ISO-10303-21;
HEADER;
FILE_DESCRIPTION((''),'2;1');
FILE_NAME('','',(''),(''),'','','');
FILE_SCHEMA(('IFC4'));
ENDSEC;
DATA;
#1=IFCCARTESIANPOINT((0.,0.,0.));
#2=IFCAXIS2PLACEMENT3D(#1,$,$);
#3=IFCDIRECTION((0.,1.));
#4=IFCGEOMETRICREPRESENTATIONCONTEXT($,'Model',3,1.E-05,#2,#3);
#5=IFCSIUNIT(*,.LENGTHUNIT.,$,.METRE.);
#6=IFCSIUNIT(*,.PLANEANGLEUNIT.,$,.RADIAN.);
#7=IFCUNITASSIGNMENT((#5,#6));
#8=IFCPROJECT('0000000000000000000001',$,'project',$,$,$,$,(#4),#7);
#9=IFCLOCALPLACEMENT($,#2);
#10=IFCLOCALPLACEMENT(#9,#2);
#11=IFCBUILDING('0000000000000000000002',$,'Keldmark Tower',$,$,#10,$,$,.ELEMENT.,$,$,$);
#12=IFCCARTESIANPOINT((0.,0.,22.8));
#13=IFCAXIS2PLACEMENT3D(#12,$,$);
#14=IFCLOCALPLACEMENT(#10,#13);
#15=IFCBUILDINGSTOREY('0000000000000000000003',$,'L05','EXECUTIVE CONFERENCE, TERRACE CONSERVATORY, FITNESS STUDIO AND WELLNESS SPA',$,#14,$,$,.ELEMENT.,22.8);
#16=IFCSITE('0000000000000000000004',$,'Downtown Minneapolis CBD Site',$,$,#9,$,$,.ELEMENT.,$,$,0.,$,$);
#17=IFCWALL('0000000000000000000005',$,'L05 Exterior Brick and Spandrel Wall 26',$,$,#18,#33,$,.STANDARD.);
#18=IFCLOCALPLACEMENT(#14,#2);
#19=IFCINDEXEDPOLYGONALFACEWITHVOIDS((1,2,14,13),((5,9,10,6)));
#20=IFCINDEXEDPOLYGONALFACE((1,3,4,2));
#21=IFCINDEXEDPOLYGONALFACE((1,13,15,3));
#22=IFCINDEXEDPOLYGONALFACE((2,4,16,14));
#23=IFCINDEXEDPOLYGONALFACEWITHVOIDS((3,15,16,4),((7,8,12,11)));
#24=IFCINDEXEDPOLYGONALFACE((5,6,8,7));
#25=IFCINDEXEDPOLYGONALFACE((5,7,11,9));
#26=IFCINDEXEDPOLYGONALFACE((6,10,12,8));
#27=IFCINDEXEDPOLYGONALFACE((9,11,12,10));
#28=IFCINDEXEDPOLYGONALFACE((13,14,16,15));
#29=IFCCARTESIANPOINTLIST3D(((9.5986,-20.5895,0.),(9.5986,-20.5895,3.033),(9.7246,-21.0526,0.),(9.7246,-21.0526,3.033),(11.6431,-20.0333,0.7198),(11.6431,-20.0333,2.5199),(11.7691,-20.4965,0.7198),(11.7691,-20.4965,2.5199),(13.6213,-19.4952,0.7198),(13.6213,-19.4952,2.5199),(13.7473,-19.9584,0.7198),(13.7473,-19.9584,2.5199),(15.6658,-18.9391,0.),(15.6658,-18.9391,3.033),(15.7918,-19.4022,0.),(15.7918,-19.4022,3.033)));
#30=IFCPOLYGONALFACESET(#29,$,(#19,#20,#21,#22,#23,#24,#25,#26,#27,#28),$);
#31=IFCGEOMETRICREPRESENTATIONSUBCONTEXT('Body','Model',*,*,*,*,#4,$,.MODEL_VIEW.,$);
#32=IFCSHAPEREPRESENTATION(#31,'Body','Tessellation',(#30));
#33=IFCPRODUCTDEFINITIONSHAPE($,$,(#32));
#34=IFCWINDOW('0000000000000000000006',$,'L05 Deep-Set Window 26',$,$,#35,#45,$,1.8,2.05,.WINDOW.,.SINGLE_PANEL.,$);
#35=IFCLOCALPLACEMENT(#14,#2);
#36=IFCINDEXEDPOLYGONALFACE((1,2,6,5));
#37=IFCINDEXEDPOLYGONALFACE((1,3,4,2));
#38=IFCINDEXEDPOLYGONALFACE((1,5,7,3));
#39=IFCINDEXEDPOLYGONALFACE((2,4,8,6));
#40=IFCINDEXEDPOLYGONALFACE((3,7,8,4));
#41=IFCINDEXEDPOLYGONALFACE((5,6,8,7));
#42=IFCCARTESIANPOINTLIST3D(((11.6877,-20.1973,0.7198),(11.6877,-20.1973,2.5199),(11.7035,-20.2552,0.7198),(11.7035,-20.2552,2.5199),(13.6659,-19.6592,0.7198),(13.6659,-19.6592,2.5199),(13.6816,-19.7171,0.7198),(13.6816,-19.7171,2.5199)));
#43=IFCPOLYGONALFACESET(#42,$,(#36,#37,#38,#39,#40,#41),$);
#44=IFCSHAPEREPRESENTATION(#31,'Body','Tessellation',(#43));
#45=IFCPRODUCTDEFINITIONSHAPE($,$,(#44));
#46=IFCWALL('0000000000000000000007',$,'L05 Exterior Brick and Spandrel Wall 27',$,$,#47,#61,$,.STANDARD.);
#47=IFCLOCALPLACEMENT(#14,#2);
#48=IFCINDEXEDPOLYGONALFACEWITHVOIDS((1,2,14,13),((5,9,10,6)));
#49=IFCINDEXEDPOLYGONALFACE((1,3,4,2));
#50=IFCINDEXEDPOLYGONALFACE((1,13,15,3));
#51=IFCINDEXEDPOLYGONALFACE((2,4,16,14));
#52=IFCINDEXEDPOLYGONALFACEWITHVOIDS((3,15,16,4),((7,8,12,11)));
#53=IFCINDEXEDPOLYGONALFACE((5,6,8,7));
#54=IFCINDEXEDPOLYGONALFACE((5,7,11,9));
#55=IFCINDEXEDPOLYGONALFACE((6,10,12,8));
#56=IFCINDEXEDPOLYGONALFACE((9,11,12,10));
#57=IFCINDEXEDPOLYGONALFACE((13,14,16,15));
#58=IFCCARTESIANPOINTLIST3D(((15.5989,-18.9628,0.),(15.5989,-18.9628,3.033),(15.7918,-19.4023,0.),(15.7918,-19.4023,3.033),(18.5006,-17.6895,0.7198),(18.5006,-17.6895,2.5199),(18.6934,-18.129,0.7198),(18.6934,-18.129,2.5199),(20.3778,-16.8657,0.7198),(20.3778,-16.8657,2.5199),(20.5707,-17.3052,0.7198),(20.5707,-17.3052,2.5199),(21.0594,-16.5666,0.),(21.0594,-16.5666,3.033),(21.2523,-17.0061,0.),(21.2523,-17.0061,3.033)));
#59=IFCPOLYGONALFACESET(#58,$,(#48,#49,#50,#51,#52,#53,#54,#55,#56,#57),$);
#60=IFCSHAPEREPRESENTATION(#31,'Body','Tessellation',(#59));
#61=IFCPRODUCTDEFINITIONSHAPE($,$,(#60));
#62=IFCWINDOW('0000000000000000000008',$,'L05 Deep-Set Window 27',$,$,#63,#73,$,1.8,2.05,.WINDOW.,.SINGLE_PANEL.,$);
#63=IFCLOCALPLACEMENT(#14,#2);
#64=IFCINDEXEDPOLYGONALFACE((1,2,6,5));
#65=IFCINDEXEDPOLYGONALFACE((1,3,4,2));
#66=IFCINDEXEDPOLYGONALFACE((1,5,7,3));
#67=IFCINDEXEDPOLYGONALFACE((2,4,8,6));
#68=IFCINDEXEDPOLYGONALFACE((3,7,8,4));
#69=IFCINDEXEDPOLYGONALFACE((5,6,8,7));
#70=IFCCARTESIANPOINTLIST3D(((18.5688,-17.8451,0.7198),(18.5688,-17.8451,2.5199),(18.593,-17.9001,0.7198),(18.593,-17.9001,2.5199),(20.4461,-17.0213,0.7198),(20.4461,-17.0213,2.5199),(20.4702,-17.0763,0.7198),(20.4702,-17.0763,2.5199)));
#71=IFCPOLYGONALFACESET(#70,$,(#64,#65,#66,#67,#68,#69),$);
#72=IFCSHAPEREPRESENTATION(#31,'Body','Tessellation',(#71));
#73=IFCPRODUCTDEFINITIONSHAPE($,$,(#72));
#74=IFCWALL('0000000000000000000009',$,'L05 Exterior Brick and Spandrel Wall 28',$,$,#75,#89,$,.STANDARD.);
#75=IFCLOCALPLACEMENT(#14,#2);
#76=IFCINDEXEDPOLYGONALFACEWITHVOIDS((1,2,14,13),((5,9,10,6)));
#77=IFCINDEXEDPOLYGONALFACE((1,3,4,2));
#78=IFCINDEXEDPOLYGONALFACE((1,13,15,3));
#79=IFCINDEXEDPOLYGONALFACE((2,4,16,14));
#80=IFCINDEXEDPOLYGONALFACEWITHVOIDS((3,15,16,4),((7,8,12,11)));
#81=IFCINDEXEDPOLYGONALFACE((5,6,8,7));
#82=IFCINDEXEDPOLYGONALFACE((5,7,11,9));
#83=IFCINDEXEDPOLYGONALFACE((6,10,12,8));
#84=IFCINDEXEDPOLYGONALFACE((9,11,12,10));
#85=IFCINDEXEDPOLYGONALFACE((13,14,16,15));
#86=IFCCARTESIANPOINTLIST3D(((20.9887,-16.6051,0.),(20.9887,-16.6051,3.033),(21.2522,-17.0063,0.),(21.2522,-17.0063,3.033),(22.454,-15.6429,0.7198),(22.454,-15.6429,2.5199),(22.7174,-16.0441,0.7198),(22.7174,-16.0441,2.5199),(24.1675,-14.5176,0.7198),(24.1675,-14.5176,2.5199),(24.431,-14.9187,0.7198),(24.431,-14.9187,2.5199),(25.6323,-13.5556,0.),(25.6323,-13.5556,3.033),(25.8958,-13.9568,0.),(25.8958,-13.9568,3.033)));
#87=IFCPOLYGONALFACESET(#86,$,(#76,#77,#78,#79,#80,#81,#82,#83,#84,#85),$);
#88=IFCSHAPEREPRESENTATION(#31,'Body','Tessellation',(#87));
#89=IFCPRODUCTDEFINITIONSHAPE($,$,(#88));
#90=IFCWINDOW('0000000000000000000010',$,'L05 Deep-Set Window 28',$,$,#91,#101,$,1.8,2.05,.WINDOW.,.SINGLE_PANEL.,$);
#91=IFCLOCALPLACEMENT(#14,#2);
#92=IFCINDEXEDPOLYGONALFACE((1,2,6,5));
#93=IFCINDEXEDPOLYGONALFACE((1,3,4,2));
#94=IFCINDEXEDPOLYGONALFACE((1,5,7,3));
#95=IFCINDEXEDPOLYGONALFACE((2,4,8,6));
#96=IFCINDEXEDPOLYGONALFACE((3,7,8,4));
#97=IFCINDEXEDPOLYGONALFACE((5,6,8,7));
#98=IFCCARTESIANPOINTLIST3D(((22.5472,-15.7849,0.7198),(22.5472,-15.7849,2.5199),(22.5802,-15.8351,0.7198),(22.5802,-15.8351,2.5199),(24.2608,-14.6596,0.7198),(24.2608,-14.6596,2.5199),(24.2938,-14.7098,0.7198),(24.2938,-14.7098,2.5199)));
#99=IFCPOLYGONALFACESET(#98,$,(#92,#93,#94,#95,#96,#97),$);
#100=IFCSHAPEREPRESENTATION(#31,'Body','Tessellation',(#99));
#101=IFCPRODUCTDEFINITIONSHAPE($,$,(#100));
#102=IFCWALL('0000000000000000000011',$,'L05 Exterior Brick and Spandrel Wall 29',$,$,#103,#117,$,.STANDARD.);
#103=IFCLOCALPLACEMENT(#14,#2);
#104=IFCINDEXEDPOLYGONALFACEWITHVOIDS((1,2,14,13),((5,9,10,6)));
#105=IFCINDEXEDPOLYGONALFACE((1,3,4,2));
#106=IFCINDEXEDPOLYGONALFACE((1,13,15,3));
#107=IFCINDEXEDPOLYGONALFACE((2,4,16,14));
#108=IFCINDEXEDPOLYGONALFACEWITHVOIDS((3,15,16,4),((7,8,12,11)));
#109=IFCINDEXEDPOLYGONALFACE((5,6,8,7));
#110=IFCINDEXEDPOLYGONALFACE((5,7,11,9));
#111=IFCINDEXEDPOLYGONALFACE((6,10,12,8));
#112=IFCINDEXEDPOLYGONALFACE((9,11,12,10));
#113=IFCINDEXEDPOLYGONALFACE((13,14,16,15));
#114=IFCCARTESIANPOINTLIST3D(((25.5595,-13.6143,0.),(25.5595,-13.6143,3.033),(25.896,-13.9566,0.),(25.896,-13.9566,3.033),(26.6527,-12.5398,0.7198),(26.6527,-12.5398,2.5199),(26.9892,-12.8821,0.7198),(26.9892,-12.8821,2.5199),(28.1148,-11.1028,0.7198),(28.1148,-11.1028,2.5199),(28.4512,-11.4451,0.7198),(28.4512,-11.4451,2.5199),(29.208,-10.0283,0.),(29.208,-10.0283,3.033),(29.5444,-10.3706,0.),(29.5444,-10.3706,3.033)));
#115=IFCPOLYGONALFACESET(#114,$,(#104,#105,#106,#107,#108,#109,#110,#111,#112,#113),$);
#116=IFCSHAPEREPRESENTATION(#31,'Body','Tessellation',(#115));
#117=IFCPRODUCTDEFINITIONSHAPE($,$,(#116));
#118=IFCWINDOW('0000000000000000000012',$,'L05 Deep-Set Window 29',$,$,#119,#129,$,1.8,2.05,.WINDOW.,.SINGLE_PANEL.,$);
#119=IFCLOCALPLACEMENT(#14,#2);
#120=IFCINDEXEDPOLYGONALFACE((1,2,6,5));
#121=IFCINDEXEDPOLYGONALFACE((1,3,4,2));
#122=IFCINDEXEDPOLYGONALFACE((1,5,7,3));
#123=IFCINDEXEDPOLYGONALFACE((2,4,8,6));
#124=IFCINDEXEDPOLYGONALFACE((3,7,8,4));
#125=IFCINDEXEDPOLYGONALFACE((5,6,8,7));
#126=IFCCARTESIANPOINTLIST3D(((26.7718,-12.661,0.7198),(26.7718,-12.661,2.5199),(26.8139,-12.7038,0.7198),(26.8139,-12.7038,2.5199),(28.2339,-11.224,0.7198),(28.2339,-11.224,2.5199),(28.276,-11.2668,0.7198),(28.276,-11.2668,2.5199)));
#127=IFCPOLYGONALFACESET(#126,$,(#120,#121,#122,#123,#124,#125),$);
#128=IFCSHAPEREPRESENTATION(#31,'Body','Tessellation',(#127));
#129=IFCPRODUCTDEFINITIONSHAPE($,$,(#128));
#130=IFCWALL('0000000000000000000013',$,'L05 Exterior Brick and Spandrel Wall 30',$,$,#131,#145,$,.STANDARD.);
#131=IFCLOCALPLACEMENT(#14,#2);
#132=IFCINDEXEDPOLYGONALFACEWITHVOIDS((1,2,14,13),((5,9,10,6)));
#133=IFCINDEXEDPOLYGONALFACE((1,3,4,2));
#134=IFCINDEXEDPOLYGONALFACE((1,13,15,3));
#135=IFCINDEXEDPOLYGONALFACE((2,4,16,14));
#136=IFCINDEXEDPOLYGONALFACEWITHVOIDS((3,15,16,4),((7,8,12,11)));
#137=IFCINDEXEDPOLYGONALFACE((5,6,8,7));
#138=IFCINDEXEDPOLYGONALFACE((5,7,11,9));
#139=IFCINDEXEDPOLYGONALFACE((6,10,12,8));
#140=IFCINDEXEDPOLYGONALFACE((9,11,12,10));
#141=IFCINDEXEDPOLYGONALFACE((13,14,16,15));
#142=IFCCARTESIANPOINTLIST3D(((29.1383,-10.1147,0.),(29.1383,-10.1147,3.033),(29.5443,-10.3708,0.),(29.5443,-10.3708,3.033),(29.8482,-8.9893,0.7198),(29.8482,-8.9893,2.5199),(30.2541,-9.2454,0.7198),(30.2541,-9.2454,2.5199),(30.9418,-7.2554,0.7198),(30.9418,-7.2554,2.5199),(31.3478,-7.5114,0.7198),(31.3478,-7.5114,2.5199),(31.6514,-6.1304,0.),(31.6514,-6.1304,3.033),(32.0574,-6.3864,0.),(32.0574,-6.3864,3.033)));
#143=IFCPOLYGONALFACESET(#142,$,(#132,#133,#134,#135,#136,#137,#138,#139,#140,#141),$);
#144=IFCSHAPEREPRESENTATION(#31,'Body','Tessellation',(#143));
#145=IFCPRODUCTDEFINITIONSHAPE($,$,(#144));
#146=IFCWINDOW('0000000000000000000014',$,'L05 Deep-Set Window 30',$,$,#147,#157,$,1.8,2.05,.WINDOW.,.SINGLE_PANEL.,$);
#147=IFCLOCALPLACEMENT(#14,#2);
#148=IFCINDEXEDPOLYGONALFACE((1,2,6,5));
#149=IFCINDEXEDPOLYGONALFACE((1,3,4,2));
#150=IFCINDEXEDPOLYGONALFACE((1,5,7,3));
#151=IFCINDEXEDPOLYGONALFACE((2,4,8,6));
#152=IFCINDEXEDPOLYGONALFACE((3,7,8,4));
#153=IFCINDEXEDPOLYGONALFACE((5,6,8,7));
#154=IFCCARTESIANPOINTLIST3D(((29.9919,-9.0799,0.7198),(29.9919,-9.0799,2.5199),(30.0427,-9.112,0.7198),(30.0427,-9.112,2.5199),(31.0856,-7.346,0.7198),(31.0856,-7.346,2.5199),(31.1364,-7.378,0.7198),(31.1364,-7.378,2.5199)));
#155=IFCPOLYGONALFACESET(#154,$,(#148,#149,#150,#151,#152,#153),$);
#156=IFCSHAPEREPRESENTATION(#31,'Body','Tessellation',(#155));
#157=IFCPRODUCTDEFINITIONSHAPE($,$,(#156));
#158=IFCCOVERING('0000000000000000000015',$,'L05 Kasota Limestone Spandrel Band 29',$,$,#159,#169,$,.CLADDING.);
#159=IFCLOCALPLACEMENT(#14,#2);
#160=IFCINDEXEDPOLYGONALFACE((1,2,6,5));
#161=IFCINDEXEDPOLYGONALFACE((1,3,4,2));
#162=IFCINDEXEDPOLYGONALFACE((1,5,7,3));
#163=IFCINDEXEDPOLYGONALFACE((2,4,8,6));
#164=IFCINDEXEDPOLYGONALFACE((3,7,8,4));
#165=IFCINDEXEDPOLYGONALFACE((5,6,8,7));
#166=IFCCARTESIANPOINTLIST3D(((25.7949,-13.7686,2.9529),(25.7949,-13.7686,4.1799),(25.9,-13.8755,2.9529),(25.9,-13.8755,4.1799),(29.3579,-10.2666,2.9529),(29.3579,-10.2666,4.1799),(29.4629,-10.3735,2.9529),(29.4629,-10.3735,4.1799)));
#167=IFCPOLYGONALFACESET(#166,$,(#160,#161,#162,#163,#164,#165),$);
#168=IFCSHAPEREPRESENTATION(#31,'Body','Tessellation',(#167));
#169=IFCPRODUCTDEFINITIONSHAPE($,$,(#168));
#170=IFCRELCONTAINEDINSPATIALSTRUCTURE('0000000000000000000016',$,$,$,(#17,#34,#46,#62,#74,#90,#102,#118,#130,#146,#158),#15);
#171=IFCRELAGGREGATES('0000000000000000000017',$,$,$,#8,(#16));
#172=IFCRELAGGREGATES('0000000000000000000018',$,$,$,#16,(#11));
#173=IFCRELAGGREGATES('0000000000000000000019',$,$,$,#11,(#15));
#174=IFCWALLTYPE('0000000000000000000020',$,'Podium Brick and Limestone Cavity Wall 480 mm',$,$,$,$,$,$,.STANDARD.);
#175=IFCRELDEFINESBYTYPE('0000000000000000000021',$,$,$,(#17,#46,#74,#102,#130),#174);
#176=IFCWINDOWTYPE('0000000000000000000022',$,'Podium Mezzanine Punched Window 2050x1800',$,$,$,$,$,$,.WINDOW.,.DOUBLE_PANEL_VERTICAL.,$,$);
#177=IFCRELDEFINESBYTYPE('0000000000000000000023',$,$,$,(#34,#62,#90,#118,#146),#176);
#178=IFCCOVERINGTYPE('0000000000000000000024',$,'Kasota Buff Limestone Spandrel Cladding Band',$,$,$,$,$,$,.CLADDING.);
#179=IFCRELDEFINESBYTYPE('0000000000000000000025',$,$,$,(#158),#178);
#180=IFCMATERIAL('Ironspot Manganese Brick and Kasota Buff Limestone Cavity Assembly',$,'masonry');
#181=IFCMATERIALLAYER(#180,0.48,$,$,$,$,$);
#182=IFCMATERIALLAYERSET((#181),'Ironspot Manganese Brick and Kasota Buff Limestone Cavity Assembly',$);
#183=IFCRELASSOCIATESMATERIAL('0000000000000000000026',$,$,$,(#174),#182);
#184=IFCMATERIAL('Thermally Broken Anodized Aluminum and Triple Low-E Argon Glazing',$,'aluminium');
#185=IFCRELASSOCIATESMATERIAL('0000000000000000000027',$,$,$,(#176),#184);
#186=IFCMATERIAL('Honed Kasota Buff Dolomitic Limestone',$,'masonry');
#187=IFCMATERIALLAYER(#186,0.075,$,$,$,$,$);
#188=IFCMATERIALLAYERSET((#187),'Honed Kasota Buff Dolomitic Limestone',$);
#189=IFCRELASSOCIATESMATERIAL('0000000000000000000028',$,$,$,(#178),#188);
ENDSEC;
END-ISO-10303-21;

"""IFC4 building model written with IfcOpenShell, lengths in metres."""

from ifc_helpers import new_model, si_unit, direction, frame, frame_2d, origin, origin_2d, place, context, subcontext, project, spatial, rectangle, extrude, material, layer, layer_set, type_object, element, fill, save


model = new_model("IFC4")

# Units and contexts
model_context = context("Model", 3, precision=1e-05, world=origin(), true_north=direction((0.0, 1.0)))
body_context = subcontext(model_context, "Body", "Model", "MODEL_VIEW")
ifc_project = project(units=[si_unit("LENGTHUNIT", "METRE"), si_unit("PLANEANGLEUNIT", "RADIAN")], contexts=[model_context])

# Site, building, storey
site_placement = place(None, origin())
site = spatial("IfcSite", under=ifc_project, at=site_placement, Name="Downtown Minneapolis CBD Site", CompositionType="ELEMENT", RefElevation=0.0)
building_placement = place(site_placement, origin())
building = spatial("IfcBuilding", under=site, at=building_placement, Name="Keldmark Tower", CompositionType="ELEMENT")
storey_placement = place(building_placement, frame((0.0, 0.0, 22.8)))
storey = spatial("IfcBuildingStorey", under=building, at=storey_placement, Name="L05", Description="EXECUTIVE CONFERENCE, TERRACE CONSERVATORY, FITNESS STUDIO AND WELLNESS SPA", CompositionType="ELEMENT", Elevation=22.8)

# Walls, openings, windows
ifc_material_1 = material(Name="Ironspot Manganese Brick and Kasota Buff Limestone Cavity Assembly", Category="masonry")
ifc_layer_1 = layer(ifc_material_1, 0.48)
ifc_layer_set_1 = layer_set([ifc_layer_1], Name="Ironspot Manganese Brick and Kasota Buff Limestone Cavity Assembly")
wall_type_1 = type_object("IfcWallType", Name="Podium Brick and Limestone Cavity Wall 480 mm", PredefinedType="STANDARD", material=ifc_layer_set_1)
wall_1_placement = place(storey_placement, frame((15.7288, -19.1707, 0.0), z_axis=(0.0, 0.0, 1.0), x_axis=(-0.964937, -0.262483, 0.0)))
wall_1 = element("IfcWall", 1, at=wall_1_placement, inside=storey, type_object=wall_type_1, Name="L05 Exterior Brick and Spandrel Wall 26", PredefinedType="STANDARD", context=body_context, shape_type="SweptSolid", body=[
    extrude(rectangle(XDim=6.2876, YDim=0.48, at=frame_2d((3.1438, 0.0))), origin(), (0.0, 0.0, 1.0), 3.033),
])
opening_1_placement = place(wall_1_placement, frame((2.1189, 0.0, 0.72)))
opening_1 = element("IfcOpeningElement", 2, at=opening_1_placement, cuts=wall_1, PredefinedType="OPENING", context=body_context, shape_type="SweptSolid", body=[
    extrude(rectangle(XDim=2.05, YDim=1.8, at=frame_2d((1.0249, 0.8999))), frame((0.0, 0.25, 0.0), z_axis=(0.0, -1.0, 0.0), x_axis=(1.0, 0.0, 0.0)), (0.0, 0.0, 1.0), 0.5),
])
ifc_material_2 = material(Name="Thermally Broken Anodized Aluminum and Triple Low-E Argon Glazing", Category="aluminium")
window_type = type_object("IfcWindowType", Name="Podium Mezzanine Punched Window 2050x1800", PartitioningType="DOUBLE_PANEL_VERTICAL", PredefinedType="WINDOW", material=ifc_material_2)
window_1_placement = place(opening_1_placement, origin())
window_1 = element("IfcWindow", 3, at=window_1_placement, inside=storey, type_object=window_type, Name="L05 Deep-Set Window 26", OverallHeight=1.8, OverallWidth=2.05, PartitioningType="SINGLE_PANEL", PredefinedType="WINDOW", context=body_context, shape_type="SweptSolid", body=[
    extrude(rectangle(XDim=2.05, YDim=1.8, at=frame_2d((1.0249, 0.8999))), frame((0.0, -0.01, 0.0), z_axis=(0.0, -1.0, 0.0), x_axis=(1.0, 0.0, 0.0)), (0.0, 0.0, 1.0), 0.0601),
])
fill(opening_1, window_1)
wall_2_placement = place(storey_placement, frame((21.1558, -16.7864, 0.0), z_axis=(0.0, 0.0, 1.0), x_axis=(-0.915708, -0.401845, 0.0)))
wall_2 = element("IfcWall", 4, at=wall_2_placement, inside=storey, type_object=wall_type_1, Name="L05 Exterior Brick and Spandrel Wall 27", PredefinedType="STANDARD", context=body_context, shape_type="SweptSolid", body=[
    extrude(rectangle(XDim=5.9631, YDim=0.48, at=frame_2d((2.9814, 0.0))), origin(), (0.0, 0.0, 1.0), 3.033),
])
opening_2_placement = place(wall_2_placement, frame((0.7444, 0.0, 0.72)))
opening_2 = element("IfcOpeningElement", 5, at=opening_2_placement, cuts=wall_2, PredefinedType="OPENING", context=body_context, shape_type="SweptSolid", body=[
    extrude(rectangle(XDim=2.05, YDim=1.8, at=frame_2d((1.0249, 0.8999))), frame((0.0, 0.25, 0.0), z_axis=(0.0, -1.0, 0.0), x_axis=(1.0, 0.0, 0.0)), (0.0, 0.0, 1.0), 0.5),
])
window_2_placement = place(opening_2_placement, origin())
window_2 = element("IfcWindow", 6, at=window_2_placement, inside=storey, type_object=window_type, Name="L05 Deep-Set Window 27", OverallHeight=1.8, OverallWidth=2.05, PartitioningType="SINGLE_PANEL", PredefinedType="WINDOW", context=body_context, shape_type="SweptSolid", body=[
    extrude(rectangle(XDim=2.05, YDim=1.8, at=frame_2d((1.0249, 0.8999))), frame((0.0, -0.01, 0.0), z_axis=(0.0, -1.0, 0.0), x_axis=(1.0, 0.0, 0.0)), (0.0, 0.0, 1.0), 0.0601),
])
fill(opening_2, window_2)
wall_3_placement = place(storey_placement, frame((25.7642, -13.7561, 0.0), z_axis=(0.0, 0.0, 1.0), x_axis=(-0.835864, -0.548937, 0.0)))
wall_3 = element("IfcWall", 7, at=wall_3_placement, inside=storey, type_object=wall_type_1, Name="L05 Exterior Brick and Spandrel Wall 28", PredefinedType="STANDARD", context=body_context, shape_type="SweptSolid", body=[
    extrude(rectangle(XDim=5.5554, YDim=0.48, at=frame_2d((2.7778, 0.0))), origin(), (0.0, 0.0, 1.0), 3.033),
])
opening_3_placement = place(wall_3_placement, frame((1.7527, 0.0, 0.72)))
opening_3 = element("IfcOpeningElement", 8, at=opening_3_placement, cuts=wall_3, PredefinedType="OPENING", context=body_context, shape_type="SweptSolid", body=[
    extrude(rectangle(XDim=2.05, YDim=1.8, at=frame_2d((1.0249, 0.8999))), frame((0.0, 0.25, 0.0), z_axis=(0.0, -1.0, 0.0), x_axis=(1.0, 0.0, 0.0)), (0.0, 0.0, 1.0), 0.5),
])
window_3_placement = place(opening_3_placement, origin())
window_3 = element("IfcWindow", 9, at=window_3_placement, inside=storey, type_object=window_type, Name="L05 Deep-Set Window 28", OverallHeight=1.8, OverallWidth=2.05, PartitioningType="SINGLE_PANEL", PredefinedType="WINDOW", context=body_context, shape_type="SweptSolid", body=[
    extrude(rectangle(XDim=2.05, YDim=1.8, at=frame_2d((1.0249, 0.8999))), frame((0.0, -0.01, 0.0), z_axis=(0.0, -1.0, 0.0), x_axis=(1.0, 0.0, 0.0)), (0.0, 0.0, 1.0), 0.0601),
])
fill(opening_3, window_3)
wall_4_placement = place(storey_placement, frame((29.3762, -10.1995, 0.0), z_axis=(0.0, 0.0, 1.0), x_axis=(-0.713189, -0.700972, 0.0)))
wall_4 = element("IfcWall", 10, at=wall_4_placement, inside=storey, type_object=wall_type_1, Name="L05 Exterior Brick and Spandrel Wall 29", PredefinedType="STANDARD", context=body_context, shape_type="SweptSolid", body=[
    extrude(rectangle(XDim=5.1157, YDim=0.48, at=frame_2d((2.5579, 0.0))), origin(), (0.0, 0.0, 1.0), 3.033),
])
opening_4_placement = place(wall_4_placement, frame((1.533, 0.0, 0.72)))
opening_4 = element("IfcOpeningElement", 11, at=opening_4_placement, cuts=wall_4, PredefinedType="OPENING", context=body_context, shape_type="SweptSolid", body=[
    extrude(rectangle(XDim=2.05, YDim=1.8, at=frame_2d((1.0249, 0.8999))), frame((0.0, 0.25, 0.0), z_axis=(0.0, -1.0, 0.0), x_axis=(1.0, 0.0, 0.0)), (0.0, 0.0, 1.0), 0.5),
])
window_4_placement = place(opening_4_placement, origin())
window_4 = element("IfcWindow", 12, at=window_4_placement, inside=storey, type_object=window_type, Name="L05 Deep-Set Window 29", OverallHeight=1.8, OverallWidth=2.05, PartitioningType="SINGLE_PANEL", PredefinedType="WINDOW", context=body_context, shape_type="SweptSolid", body=[
    extrude(rectangle(XDim=2.05, YDim=1.8, at=frame_2d((1.0249, 0.8999))), frame((0.0, -0.01, 0.0), z_axis=(0.0, -1.0, 0.0), x_axis=(1.0, 0.0, 0.0)), (0.0, 0.0, 1.0), 0.0601),
])
fill(opening_4, window_4)
wall_5_placement = place(storey_placement, frame((31.8545, -6.2583, 0.0), z_axis=(0.0, 0.0, 1.0), x_axis=(-0.533498, -0.845802, 0.0)))
wall_5 = element("IfcWall", 13, at=wall_5_placement, inside=storey, type_object=wall_type_1, Name="L05 Exterior Brick and Spandrel Wall 30", PredefinedType="STANDARD", context=body_context, shape_type="SweptSolid", body=[
    extrude(rectangle(XDim=4.7107, YDim=0.48, at=frame_2d((2.3555, 0.0))), origin(), (0.0, 0.0, 1.0), 3.033),
])
opening_5_placement = place(wall_5_placement, frame((1.3303, 0.0, 0.72)))
opening_5 = element("IfcOpeningElement", 14, at=opening_5_placement, cuts=wall_5, PredefinedType="OPENING", context=body_context, shape_type="SweptSolid", body=[
    extrude(rectangle(XDim=2.05, YDim=1.8, at=frame_2d((1.0249, 0.8999))), frame((0.0, 0.25, 0.0), z_axis=(0.0, -1.0, 0.0), x_axis=(1.0, 0.0, 0.0)), (0.0, 0.0, 1.0), 0.5),
])
window_5_placement = place(opening_5_placement, origin())
window_5 = element("IfcWindow", 15, at=window_5_placement, inside=storey, type_object=window_type, Name="L05 Deep-Set Window 30", OverallHeight=1.8, OverallWidth=2.05, PartitioningType="SINGLE_PANEL", PredefinedType="WINDOW", context=body_context, shape_type="SweptSolid", body=[
    extrude(rectangle(XDim=2.05, YDim=1.8, at=frame_2d((1.0249, 0.8999))), frame((0.0, -0.01, 0.0), z_axis=(0.0, -1.0, 0.0), x_axis=(1.0, 0.0, 0.0)), (0.0, 0.0, 1.0), 0.0601),
])
fill(opening_5, window_5)

# Covering
ifc_material_3 = material(Name="Honed Kasota Buff Dolomitic Limestone", Category="masonry")
ifc_layer_2 = layer(ifc_material_3, 0.075)
ifc_layer_set_2 = layer_set([ifc_layer_2], Name="Honed Kasota Buff Dolomitic Limestone")
covering_type = type_object("IfcCoveringType", Name="Kasota Buff Limestone Spandrel Cladding Band", PredefinedType="CLADDING", material=ifc_layer_set_2)
covering_placement = place(storey_placement, frame((27.6289, -12.071, 2.9529), z_axis=(0.0, 0.0, 1.0), x_axis=(0.713189, 0.700972, 0.0)))
element("IfcCovering", 16, at=covering_placement, inside=storey, type_object=covering_type, Name="L05 Kasota Limestone Spandrel Band 29", PredefinedType="CLADDING", context=body_context, shape_type="SweptSolid", body=[
    extrude(rectangle(XDim=4.9958, YDim=0.1499, at=origin_2d()), origin(), (0.0, 0.0, 1.0), 1.2271),
])

save(model, "model.ifc")
